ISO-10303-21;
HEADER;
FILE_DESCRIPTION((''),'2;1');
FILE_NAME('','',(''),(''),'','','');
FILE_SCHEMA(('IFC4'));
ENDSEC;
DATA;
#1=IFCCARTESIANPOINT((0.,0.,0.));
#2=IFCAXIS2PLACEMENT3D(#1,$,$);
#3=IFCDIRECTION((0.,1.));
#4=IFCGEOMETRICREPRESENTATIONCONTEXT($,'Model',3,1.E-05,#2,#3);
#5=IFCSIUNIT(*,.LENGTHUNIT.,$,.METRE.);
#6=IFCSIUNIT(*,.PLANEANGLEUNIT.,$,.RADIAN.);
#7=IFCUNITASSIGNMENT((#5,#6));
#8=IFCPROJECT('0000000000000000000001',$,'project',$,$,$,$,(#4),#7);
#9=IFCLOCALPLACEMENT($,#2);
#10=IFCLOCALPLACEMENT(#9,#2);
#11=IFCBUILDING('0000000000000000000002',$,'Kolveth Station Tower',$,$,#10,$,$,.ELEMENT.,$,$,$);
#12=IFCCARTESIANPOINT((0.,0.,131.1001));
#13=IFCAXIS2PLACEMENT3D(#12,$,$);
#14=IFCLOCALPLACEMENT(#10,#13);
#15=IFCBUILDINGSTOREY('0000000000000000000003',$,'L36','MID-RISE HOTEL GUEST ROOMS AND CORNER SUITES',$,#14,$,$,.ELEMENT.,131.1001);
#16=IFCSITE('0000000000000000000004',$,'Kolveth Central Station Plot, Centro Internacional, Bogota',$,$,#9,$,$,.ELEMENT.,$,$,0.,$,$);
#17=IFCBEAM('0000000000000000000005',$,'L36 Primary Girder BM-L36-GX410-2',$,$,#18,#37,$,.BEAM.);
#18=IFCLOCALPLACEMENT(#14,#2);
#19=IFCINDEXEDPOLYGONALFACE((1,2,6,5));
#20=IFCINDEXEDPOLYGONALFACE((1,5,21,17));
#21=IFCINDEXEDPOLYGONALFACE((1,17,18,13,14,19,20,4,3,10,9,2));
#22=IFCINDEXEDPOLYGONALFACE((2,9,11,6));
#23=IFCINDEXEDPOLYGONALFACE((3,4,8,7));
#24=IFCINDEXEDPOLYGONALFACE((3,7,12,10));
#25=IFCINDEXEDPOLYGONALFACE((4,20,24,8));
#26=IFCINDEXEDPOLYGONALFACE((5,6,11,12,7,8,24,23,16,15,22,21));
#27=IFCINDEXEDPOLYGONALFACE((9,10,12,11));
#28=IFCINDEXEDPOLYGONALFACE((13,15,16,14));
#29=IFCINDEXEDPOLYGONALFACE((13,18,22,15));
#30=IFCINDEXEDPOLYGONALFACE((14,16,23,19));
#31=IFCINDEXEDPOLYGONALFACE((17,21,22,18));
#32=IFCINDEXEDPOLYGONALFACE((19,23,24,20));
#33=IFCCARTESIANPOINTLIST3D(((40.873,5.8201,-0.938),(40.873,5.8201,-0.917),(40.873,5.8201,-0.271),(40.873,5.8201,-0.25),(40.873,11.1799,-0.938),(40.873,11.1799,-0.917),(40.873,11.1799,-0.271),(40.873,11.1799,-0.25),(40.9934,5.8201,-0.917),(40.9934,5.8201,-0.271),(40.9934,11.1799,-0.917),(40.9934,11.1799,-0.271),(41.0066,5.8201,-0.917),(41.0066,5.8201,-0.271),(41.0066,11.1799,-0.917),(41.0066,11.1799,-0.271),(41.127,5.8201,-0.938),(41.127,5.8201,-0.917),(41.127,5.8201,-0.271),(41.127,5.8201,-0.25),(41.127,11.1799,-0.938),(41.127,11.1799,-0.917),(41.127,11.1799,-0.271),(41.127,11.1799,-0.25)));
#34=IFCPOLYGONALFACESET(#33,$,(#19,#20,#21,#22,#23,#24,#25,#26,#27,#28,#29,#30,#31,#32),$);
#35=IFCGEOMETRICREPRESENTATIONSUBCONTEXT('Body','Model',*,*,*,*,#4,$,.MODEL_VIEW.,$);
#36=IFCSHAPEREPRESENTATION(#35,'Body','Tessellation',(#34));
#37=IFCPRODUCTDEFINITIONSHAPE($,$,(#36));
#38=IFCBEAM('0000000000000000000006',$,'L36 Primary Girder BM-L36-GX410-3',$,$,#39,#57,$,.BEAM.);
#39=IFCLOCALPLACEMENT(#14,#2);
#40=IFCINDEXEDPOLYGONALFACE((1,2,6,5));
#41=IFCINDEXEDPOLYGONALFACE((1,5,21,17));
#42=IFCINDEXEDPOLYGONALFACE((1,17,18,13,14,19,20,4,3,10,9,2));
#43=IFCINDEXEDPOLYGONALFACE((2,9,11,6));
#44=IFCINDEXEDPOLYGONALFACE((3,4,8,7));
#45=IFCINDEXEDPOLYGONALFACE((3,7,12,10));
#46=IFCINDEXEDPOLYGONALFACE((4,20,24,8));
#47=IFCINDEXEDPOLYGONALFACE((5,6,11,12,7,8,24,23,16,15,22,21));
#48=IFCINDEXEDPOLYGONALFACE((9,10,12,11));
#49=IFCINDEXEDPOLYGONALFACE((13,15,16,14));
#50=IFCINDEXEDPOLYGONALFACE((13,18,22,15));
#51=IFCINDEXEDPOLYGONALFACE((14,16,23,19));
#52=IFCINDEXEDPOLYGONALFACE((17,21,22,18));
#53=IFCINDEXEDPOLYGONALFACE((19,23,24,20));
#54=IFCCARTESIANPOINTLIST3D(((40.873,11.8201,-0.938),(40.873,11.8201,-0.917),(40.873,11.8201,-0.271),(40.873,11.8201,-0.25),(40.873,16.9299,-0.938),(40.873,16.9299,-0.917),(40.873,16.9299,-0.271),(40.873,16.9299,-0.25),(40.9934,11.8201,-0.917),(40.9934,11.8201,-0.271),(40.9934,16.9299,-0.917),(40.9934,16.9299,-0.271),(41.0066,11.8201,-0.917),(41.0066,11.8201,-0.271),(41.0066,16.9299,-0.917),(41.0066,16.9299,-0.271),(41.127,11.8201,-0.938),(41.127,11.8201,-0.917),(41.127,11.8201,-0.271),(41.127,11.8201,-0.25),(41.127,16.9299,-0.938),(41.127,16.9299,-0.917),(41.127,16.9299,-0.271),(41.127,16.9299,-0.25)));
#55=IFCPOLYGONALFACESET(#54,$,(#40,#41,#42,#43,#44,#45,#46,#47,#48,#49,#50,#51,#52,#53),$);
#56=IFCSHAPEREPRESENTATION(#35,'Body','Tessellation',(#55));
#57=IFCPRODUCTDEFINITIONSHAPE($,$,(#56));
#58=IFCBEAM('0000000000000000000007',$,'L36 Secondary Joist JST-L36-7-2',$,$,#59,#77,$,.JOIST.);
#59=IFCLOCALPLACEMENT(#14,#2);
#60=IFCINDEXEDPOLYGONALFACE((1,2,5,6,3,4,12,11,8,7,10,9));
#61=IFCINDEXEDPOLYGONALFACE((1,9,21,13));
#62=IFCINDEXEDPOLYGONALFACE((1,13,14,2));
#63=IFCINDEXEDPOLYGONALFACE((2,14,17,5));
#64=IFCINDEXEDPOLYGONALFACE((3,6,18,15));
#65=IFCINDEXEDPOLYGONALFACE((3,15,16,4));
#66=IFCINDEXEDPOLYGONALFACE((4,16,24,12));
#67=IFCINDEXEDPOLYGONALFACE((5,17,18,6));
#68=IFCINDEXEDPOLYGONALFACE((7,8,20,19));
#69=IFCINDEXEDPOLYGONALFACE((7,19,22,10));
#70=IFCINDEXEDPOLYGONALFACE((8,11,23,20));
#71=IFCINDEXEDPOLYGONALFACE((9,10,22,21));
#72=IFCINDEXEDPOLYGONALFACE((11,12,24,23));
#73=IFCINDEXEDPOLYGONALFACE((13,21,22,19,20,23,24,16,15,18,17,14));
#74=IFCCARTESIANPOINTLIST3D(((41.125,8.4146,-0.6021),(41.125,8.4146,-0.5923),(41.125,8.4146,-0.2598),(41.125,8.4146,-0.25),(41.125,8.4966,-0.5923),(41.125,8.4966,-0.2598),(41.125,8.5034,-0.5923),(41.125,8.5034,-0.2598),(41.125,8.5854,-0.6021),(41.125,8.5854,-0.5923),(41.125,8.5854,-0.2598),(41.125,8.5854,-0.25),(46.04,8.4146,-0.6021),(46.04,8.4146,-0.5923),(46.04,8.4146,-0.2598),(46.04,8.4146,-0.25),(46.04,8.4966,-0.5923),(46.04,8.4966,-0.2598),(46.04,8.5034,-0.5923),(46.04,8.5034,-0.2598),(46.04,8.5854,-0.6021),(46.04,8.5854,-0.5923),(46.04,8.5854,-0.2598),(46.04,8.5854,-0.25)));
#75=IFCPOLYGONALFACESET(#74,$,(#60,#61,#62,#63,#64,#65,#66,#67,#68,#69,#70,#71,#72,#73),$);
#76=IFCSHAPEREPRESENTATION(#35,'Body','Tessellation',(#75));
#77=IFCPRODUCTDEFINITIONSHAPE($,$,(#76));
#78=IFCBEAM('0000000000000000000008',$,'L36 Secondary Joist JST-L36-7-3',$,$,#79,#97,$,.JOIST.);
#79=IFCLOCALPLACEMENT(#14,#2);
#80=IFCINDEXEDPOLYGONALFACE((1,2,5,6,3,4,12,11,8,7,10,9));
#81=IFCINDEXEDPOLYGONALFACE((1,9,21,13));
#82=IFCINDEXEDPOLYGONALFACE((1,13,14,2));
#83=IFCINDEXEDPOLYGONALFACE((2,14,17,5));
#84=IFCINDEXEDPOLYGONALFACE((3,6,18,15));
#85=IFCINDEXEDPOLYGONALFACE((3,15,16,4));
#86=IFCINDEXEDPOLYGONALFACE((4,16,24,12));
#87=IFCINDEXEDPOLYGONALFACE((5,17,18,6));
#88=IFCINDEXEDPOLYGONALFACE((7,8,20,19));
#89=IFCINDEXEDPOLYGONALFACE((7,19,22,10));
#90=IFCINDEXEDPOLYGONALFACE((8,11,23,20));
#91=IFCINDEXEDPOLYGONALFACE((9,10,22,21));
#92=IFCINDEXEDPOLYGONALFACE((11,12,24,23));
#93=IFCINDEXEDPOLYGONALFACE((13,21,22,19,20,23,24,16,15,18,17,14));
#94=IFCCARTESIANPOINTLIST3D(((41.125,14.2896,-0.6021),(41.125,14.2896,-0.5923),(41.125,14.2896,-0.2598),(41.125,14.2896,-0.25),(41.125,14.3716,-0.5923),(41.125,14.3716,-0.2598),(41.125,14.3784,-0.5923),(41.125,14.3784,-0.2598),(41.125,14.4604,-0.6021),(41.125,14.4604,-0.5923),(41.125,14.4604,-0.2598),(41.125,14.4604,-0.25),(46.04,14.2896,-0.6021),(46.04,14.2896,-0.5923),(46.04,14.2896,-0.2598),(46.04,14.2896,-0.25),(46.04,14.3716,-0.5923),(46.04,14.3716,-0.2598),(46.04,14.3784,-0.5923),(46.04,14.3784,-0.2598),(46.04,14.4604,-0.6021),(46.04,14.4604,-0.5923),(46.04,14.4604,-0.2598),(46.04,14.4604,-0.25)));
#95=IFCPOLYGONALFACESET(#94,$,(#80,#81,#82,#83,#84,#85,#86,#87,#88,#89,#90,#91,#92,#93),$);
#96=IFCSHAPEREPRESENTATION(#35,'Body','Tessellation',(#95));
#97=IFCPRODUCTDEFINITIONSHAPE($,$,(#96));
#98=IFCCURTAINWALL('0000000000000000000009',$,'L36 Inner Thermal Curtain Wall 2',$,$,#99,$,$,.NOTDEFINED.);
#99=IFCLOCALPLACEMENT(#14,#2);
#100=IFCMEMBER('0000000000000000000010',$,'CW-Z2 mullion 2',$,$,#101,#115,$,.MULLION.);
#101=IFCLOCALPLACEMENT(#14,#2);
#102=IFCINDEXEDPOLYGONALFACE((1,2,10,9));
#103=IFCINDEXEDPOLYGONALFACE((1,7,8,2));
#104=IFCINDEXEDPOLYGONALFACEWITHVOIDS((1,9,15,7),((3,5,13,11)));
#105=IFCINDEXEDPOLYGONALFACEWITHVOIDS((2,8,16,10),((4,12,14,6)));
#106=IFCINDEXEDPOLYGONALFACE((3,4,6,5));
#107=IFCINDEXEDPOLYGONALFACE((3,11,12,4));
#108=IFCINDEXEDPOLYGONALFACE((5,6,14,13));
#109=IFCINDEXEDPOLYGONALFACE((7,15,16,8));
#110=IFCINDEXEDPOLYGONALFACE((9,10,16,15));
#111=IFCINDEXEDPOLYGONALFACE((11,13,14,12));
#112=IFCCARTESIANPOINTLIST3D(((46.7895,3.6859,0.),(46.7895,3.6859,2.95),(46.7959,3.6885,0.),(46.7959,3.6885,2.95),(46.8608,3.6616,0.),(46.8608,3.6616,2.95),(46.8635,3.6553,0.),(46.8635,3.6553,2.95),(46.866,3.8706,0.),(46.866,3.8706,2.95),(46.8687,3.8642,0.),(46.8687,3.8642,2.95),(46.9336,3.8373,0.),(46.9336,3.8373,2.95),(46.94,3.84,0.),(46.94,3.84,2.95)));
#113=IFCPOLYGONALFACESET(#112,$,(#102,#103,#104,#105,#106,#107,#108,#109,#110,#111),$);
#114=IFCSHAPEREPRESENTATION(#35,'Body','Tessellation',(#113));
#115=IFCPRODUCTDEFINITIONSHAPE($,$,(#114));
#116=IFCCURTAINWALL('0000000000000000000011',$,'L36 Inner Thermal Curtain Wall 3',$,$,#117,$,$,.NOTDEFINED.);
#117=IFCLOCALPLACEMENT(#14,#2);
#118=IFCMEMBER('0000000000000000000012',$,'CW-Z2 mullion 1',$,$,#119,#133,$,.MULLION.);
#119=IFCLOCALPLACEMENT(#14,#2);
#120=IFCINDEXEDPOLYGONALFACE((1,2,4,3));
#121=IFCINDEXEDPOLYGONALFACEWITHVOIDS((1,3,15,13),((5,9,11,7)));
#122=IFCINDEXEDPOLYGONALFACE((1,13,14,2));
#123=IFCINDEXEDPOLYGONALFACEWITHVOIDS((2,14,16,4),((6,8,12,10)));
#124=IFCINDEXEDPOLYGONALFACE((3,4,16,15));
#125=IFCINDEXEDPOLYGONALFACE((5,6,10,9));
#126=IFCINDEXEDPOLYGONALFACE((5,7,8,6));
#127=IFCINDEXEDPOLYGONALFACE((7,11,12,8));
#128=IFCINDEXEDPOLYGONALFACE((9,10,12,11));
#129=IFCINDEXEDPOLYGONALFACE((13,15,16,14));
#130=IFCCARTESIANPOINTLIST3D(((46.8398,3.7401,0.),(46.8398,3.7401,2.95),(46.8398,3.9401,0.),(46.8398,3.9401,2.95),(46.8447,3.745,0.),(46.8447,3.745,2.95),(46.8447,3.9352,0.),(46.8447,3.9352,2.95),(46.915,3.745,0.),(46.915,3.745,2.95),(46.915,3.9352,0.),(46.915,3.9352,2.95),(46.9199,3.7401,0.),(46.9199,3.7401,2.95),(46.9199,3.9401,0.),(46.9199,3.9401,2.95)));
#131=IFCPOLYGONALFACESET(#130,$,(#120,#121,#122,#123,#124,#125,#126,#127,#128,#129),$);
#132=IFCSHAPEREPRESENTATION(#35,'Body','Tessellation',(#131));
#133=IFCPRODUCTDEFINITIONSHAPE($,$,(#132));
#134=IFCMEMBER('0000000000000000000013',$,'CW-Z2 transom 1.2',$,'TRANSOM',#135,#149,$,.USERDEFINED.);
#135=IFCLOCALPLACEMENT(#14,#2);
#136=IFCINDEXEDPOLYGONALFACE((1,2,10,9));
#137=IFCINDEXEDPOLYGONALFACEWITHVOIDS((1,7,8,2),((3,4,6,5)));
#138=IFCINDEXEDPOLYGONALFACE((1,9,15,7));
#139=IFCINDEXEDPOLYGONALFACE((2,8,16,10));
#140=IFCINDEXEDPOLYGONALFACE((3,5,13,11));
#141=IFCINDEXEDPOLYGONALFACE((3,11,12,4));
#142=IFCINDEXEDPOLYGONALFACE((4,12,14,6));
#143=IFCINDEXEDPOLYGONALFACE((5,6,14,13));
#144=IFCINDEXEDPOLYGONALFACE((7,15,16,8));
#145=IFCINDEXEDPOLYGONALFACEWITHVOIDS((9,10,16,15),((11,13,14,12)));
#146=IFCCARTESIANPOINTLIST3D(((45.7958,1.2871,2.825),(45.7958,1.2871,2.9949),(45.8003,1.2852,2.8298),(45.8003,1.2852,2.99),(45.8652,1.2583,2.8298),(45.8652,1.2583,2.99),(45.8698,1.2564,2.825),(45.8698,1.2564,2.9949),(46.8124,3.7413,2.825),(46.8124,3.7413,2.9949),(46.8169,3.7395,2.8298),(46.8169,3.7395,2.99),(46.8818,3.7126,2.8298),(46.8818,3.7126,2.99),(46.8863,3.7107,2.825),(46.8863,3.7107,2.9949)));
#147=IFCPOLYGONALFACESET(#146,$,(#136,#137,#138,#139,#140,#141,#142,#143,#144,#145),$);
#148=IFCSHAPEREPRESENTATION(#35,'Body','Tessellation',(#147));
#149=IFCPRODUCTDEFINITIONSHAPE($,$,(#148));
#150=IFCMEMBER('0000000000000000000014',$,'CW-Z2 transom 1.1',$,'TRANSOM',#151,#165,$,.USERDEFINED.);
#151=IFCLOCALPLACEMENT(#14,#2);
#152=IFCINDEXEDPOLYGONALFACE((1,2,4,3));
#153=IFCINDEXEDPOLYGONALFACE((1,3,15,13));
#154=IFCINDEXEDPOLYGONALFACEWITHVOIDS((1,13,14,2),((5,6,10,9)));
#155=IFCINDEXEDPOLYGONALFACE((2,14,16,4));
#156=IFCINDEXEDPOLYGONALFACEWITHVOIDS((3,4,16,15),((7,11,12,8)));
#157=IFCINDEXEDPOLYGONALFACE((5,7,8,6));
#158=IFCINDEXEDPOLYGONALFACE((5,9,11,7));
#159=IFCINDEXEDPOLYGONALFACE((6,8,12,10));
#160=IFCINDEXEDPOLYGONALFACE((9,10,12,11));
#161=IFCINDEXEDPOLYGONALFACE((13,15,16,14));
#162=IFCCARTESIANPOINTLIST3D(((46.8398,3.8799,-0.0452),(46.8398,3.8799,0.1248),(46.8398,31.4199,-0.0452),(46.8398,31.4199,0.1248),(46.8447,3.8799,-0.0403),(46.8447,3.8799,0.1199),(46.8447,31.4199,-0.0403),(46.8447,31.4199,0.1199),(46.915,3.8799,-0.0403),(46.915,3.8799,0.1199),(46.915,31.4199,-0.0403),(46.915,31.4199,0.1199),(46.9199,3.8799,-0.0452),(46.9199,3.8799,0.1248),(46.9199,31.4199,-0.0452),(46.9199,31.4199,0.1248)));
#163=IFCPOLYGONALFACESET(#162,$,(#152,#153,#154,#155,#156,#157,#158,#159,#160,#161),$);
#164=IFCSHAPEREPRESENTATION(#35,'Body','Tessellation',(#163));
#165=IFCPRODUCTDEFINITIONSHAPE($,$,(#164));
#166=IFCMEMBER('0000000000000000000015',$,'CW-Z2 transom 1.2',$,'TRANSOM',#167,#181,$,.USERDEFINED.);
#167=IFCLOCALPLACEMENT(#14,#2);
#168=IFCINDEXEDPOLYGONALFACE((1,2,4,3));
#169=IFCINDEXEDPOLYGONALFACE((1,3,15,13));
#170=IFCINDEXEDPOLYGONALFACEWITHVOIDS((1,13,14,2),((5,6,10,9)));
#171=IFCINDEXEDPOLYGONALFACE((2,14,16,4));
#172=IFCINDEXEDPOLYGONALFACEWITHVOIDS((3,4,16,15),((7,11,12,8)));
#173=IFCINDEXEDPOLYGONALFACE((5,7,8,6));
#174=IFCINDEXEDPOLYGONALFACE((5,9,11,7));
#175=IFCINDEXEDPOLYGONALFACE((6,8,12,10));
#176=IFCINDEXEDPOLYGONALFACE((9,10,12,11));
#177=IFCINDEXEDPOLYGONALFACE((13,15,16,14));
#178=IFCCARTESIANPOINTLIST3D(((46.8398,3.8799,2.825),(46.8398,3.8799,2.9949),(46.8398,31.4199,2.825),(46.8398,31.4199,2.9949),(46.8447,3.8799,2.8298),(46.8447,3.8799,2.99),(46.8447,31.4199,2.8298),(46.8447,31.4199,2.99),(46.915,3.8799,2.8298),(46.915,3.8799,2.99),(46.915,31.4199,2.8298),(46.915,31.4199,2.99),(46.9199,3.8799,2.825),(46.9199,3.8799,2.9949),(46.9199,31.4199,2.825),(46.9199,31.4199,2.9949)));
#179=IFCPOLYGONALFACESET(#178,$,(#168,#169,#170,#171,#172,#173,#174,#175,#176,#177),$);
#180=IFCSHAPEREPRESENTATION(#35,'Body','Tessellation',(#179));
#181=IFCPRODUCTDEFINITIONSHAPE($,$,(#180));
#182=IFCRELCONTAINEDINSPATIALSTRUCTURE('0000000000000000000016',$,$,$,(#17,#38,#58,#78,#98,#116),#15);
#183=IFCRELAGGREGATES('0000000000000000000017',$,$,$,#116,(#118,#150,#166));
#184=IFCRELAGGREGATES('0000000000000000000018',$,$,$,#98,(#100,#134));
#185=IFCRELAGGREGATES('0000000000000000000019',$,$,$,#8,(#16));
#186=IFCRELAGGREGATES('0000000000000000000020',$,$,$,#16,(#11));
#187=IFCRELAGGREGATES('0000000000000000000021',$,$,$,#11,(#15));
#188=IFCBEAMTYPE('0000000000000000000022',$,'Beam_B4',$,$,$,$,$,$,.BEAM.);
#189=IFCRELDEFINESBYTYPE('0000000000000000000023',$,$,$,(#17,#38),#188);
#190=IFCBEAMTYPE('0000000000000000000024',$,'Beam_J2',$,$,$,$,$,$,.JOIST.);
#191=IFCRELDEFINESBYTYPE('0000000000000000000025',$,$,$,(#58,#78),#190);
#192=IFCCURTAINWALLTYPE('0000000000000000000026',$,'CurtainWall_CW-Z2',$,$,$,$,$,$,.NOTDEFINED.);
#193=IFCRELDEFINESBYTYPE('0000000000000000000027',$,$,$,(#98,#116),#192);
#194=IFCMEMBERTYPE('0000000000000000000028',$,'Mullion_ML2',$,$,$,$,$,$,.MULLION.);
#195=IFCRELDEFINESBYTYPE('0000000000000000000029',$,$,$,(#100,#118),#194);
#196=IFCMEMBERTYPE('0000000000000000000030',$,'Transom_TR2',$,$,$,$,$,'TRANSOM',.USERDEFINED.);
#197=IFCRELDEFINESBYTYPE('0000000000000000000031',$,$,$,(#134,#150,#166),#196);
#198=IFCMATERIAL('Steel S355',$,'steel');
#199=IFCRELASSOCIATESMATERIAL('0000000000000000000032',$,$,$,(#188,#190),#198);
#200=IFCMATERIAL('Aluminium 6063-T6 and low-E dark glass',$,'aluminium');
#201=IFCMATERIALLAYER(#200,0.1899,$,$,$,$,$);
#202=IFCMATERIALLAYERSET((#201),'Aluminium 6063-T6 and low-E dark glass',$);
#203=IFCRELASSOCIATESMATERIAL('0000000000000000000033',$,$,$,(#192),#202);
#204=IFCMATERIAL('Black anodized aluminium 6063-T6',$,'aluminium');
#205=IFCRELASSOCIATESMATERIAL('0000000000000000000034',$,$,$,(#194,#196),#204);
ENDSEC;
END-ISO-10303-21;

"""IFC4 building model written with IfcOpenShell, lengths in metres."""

from ifc_helpers import new_model, si_unit, direction, frame, origin, origin_2d, place, context, subcontext, project, spatial, hollow_rectangle, i_section, extrude, source, transform, mapped, material, layer, layer_set, material_profile, profile_set, type_object, element, aggregate, save


model = new_model("IFC4")

# Units and contexts
model_context = context("Model", 3, precision=1e-05, world=origin(), true_north=direction((0.0, 1.0)))
body_context = subcontext(model_context, "Body", "Model", "MODEL_VIEW")
ifc_project = project(units=[si_unit("LENGTHUNIT", "METRE"), si_unit("PLANEANGLEUNIT", "RADIAN")], contexts=[model_context])

# Site, building, storey
site_placement = place(None, origin())
site = spatial("IfcSite", under=ifc_project, at=site_placement, Name="Kolveth Central Station Plot, Centro Internacional, Bogota", CompositionType="ELEMENT", RefElevation=0.0)
building_placement = place(site_placement, origin())
building = spatial("IfcBuilding", under=site, at=building_placement, Name="Kolveth Station Tower", CompositionType="ELEMENT")
storey_placement = place(building_placement, frame((0.0, 0.0, 131.1001)))
storey = spatial("IfcBuildingStorey", under=building, at=storey_placement, Name="L36", Description="MID-RISE HOTEL GUEST ROOMS AND CORNER SUITES", CompositionType="ELEMENT", Elevation=131.1001)

# Beams
ifc_material_1 = material(Name="Steel S355", Category="steel")
ifc_material_profile_1 = material_profile(ifc_material_1, i_section(OverallWidth=0.2539, OverallDepth=0.688, WebThickness=0.0132, FlangeThickness=0.021, at=origin_2d()), Name="W690x152")
ifc_profile_set_1 = profile_set([ifc_material_profile_1], Name="Steel S355")
beam_type_1 = type_object("IfcBeamType", Name="Beam_B4", PredefinedType="BEAM", material=ifc_profile_set_1)
shared_shape_1 = source(origin(), body_context, "Body", "SweptSolid", [
    extrude(i_section(OverallWidth=0.2539, OverallDepth=0.688, WebThickness=0.0132, FlangeThickness=0.021, at=origin_2d()), origin(), (0.0, 0.0, 1.0), 5.3599),
])
beam_1_placement = place(storey_placement, frame((41.0, 5.8201, -0.594), z_axis=(0.0, 1.0, 0.0), x_axis=(-1.0, 0.0, 0.0)))
element("IfcBeam", 1, at=beam_1_placement, inside=storey, type_object=beam_type_1, Name="L36 Primary Girder BM-L36-GX410-2", PredefinedType="BEAM", context=body_context, shape_type="MappedRepresentation", body=[
    mapped(shared_shape_1, transform((0.0, 0.0, 0.0), x_axis=(1.0, 0.0, 0.0), y_axis=(0.0, 1.0, 0.0), z_axis=(0.0, 0.0, 1.0), scale=1.0)),
])
shared_shape_2 = source(origin(), body_context, "Body", "SweptSolid", [
    extrude(i_section(OverallWidth=0.2539, OverallDepth=0.688, WebThickness=0.0132, FlangeThickness=0.021, at=origin_2d()), origin(), (0.0, 0.0, 1.0), 5.1099),
])
beam_2_placement = place(storey_placement, frame((41.0, 11.8201, -0.594), z_axis=(0.0, 1.0, 0.0), x_axis=(-1.0, 0.0, 0.0)))
element("IfcBeam", 2, at=beam_2_placement, inside=storey, type_object=beam_type_1, Name="L36 Primary Girder BM-L36-GX410-3", PredefinedType="BEAM", context=body_context, shape_type="MappedRepresentation", body=[
    mapped(shared_shape_2, transform((0.0, 0.0, 0.0), x_axis=(1.0, 0.0, 0.0), y_axis=(0.0, 1.0, 0.0), z_axis=(0.0, 0.0, 1.0), scale=1.0)),
])
ifc_material_profile_2 = material_profile(ifc_material_1, i_section(OverallWidth=0.1709, OverallDepth=0.3521, WebThickness=0.0068, FlangeThickness=0.0098, at=origin_2d()), Name="W360x44")
ifc_profile_set_2 = profile_set([ifc_material_profile_2], Name="Steel S355")
beam_type_2 = type_object("IfcBeamType", Name="Beam_J2", PredefinedType="JOIST", material=ifc_profile_set_2)
shared_shape_3 = source(origin(), body_context, "Body", "SweptSolid", [
    extrude(i_section(OverallWidth=0.1709, OverallDepth=0.3521, WebThickness=0.0068, FlangeThickness=0.0098, at=origin_2d()), origin(), (0.0, 0.0, 1.0), 4.915),
])
for number, where, z_axis, x_axis, name in (
    (3, (41.125, 8.5, -0.426), (1.0, 0.0, 0.0), (0.0, 1.0, 0.0), "L36 Secondary Joist JST-L36-7-2"),
    (4, (41.125, 14.375, -0.426), (1.0, 0.0, 0.0), (0.0, 1.0, 0.0), "L36 Secondary Joist JST-L36-7-3"),
):
    element("IfcBeam", number, at=place(storey_placement, frame(where, z_axis=z_axis, x_axis=x_axis)), inside=storey, type_object=beam_type_2, Name=name, PredefinedType="JOIST", context=body_context, shape_type="MappedRepresentation", body=[
        mapped(shared_shape_3, transform((0.0, 0.0, 0.0), x_axis=(1.0, 0.0, 0.0), y_axis=(0.0, 1.0, 0.0), z_axis=(0.0, 0.0, 1.0), scale=1.0)),
    ])

# Curtain walls, members
ifc_material_2 = material(Name="Aluminium 6063-T6 and low-E dark glass", Category="aluminium")
ifc_layer_1 = layer(ifc_material_2, 0.1899)
ifc_layer_set_1 = layer_set([ifc_layer_1], Name="Aluminium 6063-T6 and low-E dark glass")
curtain_wall_type_1 = type_object("IfcCurtainWallType", Name="CurtainWall_CW-Z2", PredefinedType="NOTDEFINED", material=ifc_layer_set_1)
curtain_wall_1_placement = place(storey_placement, origin())
curtain_wall_1 = element("IfcCurtainWall", 5, at=curtain_wall_1_placement, inside=storey, type_object=curtain_wall_type_1, Name="L36 Inner Thermal Curtain Wall 2", PredefinedType="NOTDEFINED")
ifc_material_3 = material(Name="Black anodized aluminium 6063-T6", Category="aluminium")
ifc_material_profile_3 = material_profile(ifc_material_3, hollow_rectangle(XDim=0.0801, YDim=0.2, WallThickness=0.0049, at=origin_2d()), Name="ALU-80x200x5")
ifc_profile_set_3 = profile_set([ifc_material_profile_3], Name="Black anodized aluminium 6063-T6")
member_type_1 = type_object("IfcMemberType", Name="Mullion_ML2", PredefinedType="MULLION", material=ifc_profile_set_3)
shared_shape_4 = source(origin(), body_context, "Body", "SweptSolid", [
    extrude(hollow_rectangle(XDim=0.0801, YDim=0.2, WallThickness=0.0049, at=origin_2d()), origin(), (0.0, 0.0, 1.0), 2.95),
])
member_1_placement = place(storey_placement, frame((46.8647, 3.7629, 0.0), z_axis=(0.0, 0.0, 1.0), x_axis=(-0.923888, 0.382663, 0.0)))
member_1 = element("IfcMember", 6, at=member_1_placement, type_object=member_type_1, Name="CW-Z2 mullion 2", PredefinedType="MULLION", context=body_context, shape_type="MappedRepresentation", body=[
    mapped(shared_shape_4, transform((0.0, 0.0, 0.0), x_axis=(1.0, 0.0, 0.0), y_axis=(0.0, 1.0, 0.0), z_axis=(0.0, 0.0, 1.0), scale=1.0)),
])
curtain_wall_2_placement = place(storey_placement, origin())
curtain_wall_2 = element("IfcCurtainWall", 7, at=curtain_wall_2_placement, inside=storey, type_object=curtain_wall_type_1, Name="L36 Inner Thermal Curtain Wall 3", PredefinedType="NOTDEFINED")
member_2_placement = place(storey_placement, frame((46.8799, 3.8401, 0.0), z_axis=(0.0, 0.0, 1.0), x_axis=(-1.0, 0.0, 0.0)))
member_2 = element("IfcMember", 8, at=member_2_placement, type_object=member_type_1, Name="CW-Z2 mullion 1", PredefinedType="MULLION", context=body_context, shape_type="MappedRepresentation", body=[
    mapped(shared_shape_4, transform((0.0, 0.0, 0.0), x_axis=(1.0, 0.0, 0.0), y_axis=(0.0, 1.0, 0.0), z_axis=(0.0, 0.0, 1.0), scale=1.0)),
])

# Members
ifc_material_profile_4 = material_profile(ifc_material_3, hollow_rectangle(XDim=0.0801, YDim=0.1699, WallThickness=0.0049, at=origin_2d()), Name="ALU-80x170x5")
ifc_profile_set_4 = profile_set([ifc_material_profile_4], Name="Black anodized aluminium 6063-T6")
member_type_2 = type_object("IfcMemberType", Name="Transom_TR2", ElementType="TRANSOM", PredefinedType="USERDEFINED", material=ifc_profile_set_4)
shared_shape_5 = source(origin(), body_context, "Body", "SweptSolid", [
    extrude(hollow_rectangle(XDim=0.0801, YDim=0.1699, WallThickness=0.0049, at=origin_2d()), origin(), (0.0, 0.0, 1.0), 2.6565),
])
member_3_placement = place(storey_placement, frame((45.8328, 1.2717, 2.9099), z_axis=(0.382676, 0.923882, 0.0), x_axis=(-0.923882, 0.382676, 0.0)))
member_3 = element("IfcMember", 9, at=member_3_placement, type_object=member_type_2, Name="CW-Z2 transom 1.2", ObjectType="TRANSOM", PredefinedType="USERDEFINED", context=body_context, shape_type="MappedRepresentation", body=[
    mapped(shared_shape_5, transform((0.0, 0.0, 0.0), x_axis=(1.0, 0.0, 0.0), y_axis=(0.0, 1.0, 0.0), z_axis=(0.0, 0.0, 1.0), scale=1.0)),
])
shared_shape_6 = source(origin(), body_context, "Body", "SweptSolid", [
    extrude(hollow_rectangle(XDim=0.0801, YDim=0.1699, WallThickness=0.0049, at=origin_2d()), origin(), (0.0, 0.0, 1.0), 27.54),
])
member_4_placement = place(storey_placement, frame((46.8799, 3.8799, 0.0398), z_axis=(0.0, 1.0, 0.0), x_axis=(-1.0, 0.0, 0.0)))
member_4 = element("IfcMember", 10, at=member_4_placement, type_object=member_type_2, Name="CW-Z2 transom 1.1", ObjectType="TRANSOM", PredefinedType="USERDEFINED", context=body_context, shape_type="MappedRepresentation", body=[
    mapped(shared_shape_6, transform((0.0, 0.0, 0.0), x_axis=(1.0, 0.0, 0.0), y_axis=(0.0, 1.0, 0.0), z_axis=(0.0, 0.0, 1.0), scale=1.0)),
])
member_5_placement = place(storey_placement, frame((46.8799, 3.8799, 2.9099), z_axis=(0.0, 1.0, 0.0), x_axis=(-1.0, 0.0, 0.0)))
member_5 = element("IfcMember", 11, at=member_5_placement, type_object=member_type_2, Name="CW-Z2 transom 1.2", ObjectType="TRANSOM", PredefinedType="USERDEFINED", context=body_context, shape_type="MappedRepresentation", body=[
    mapped(shared_shape_6, transform((0.0, 0.0, 0.0), x_axis=(1.0, 0.0, 0.0), y_axis=(0.0, 1.0, 0.0), z_axis=(0.0, 0.0, 1.0), scale=1.0)),
])
aggregate(curtain_wall_2, [member_2, member_4, member_5])

aggregate(curtain_wall_1, [member_1, member_3])

save(model, "model.ifc")
